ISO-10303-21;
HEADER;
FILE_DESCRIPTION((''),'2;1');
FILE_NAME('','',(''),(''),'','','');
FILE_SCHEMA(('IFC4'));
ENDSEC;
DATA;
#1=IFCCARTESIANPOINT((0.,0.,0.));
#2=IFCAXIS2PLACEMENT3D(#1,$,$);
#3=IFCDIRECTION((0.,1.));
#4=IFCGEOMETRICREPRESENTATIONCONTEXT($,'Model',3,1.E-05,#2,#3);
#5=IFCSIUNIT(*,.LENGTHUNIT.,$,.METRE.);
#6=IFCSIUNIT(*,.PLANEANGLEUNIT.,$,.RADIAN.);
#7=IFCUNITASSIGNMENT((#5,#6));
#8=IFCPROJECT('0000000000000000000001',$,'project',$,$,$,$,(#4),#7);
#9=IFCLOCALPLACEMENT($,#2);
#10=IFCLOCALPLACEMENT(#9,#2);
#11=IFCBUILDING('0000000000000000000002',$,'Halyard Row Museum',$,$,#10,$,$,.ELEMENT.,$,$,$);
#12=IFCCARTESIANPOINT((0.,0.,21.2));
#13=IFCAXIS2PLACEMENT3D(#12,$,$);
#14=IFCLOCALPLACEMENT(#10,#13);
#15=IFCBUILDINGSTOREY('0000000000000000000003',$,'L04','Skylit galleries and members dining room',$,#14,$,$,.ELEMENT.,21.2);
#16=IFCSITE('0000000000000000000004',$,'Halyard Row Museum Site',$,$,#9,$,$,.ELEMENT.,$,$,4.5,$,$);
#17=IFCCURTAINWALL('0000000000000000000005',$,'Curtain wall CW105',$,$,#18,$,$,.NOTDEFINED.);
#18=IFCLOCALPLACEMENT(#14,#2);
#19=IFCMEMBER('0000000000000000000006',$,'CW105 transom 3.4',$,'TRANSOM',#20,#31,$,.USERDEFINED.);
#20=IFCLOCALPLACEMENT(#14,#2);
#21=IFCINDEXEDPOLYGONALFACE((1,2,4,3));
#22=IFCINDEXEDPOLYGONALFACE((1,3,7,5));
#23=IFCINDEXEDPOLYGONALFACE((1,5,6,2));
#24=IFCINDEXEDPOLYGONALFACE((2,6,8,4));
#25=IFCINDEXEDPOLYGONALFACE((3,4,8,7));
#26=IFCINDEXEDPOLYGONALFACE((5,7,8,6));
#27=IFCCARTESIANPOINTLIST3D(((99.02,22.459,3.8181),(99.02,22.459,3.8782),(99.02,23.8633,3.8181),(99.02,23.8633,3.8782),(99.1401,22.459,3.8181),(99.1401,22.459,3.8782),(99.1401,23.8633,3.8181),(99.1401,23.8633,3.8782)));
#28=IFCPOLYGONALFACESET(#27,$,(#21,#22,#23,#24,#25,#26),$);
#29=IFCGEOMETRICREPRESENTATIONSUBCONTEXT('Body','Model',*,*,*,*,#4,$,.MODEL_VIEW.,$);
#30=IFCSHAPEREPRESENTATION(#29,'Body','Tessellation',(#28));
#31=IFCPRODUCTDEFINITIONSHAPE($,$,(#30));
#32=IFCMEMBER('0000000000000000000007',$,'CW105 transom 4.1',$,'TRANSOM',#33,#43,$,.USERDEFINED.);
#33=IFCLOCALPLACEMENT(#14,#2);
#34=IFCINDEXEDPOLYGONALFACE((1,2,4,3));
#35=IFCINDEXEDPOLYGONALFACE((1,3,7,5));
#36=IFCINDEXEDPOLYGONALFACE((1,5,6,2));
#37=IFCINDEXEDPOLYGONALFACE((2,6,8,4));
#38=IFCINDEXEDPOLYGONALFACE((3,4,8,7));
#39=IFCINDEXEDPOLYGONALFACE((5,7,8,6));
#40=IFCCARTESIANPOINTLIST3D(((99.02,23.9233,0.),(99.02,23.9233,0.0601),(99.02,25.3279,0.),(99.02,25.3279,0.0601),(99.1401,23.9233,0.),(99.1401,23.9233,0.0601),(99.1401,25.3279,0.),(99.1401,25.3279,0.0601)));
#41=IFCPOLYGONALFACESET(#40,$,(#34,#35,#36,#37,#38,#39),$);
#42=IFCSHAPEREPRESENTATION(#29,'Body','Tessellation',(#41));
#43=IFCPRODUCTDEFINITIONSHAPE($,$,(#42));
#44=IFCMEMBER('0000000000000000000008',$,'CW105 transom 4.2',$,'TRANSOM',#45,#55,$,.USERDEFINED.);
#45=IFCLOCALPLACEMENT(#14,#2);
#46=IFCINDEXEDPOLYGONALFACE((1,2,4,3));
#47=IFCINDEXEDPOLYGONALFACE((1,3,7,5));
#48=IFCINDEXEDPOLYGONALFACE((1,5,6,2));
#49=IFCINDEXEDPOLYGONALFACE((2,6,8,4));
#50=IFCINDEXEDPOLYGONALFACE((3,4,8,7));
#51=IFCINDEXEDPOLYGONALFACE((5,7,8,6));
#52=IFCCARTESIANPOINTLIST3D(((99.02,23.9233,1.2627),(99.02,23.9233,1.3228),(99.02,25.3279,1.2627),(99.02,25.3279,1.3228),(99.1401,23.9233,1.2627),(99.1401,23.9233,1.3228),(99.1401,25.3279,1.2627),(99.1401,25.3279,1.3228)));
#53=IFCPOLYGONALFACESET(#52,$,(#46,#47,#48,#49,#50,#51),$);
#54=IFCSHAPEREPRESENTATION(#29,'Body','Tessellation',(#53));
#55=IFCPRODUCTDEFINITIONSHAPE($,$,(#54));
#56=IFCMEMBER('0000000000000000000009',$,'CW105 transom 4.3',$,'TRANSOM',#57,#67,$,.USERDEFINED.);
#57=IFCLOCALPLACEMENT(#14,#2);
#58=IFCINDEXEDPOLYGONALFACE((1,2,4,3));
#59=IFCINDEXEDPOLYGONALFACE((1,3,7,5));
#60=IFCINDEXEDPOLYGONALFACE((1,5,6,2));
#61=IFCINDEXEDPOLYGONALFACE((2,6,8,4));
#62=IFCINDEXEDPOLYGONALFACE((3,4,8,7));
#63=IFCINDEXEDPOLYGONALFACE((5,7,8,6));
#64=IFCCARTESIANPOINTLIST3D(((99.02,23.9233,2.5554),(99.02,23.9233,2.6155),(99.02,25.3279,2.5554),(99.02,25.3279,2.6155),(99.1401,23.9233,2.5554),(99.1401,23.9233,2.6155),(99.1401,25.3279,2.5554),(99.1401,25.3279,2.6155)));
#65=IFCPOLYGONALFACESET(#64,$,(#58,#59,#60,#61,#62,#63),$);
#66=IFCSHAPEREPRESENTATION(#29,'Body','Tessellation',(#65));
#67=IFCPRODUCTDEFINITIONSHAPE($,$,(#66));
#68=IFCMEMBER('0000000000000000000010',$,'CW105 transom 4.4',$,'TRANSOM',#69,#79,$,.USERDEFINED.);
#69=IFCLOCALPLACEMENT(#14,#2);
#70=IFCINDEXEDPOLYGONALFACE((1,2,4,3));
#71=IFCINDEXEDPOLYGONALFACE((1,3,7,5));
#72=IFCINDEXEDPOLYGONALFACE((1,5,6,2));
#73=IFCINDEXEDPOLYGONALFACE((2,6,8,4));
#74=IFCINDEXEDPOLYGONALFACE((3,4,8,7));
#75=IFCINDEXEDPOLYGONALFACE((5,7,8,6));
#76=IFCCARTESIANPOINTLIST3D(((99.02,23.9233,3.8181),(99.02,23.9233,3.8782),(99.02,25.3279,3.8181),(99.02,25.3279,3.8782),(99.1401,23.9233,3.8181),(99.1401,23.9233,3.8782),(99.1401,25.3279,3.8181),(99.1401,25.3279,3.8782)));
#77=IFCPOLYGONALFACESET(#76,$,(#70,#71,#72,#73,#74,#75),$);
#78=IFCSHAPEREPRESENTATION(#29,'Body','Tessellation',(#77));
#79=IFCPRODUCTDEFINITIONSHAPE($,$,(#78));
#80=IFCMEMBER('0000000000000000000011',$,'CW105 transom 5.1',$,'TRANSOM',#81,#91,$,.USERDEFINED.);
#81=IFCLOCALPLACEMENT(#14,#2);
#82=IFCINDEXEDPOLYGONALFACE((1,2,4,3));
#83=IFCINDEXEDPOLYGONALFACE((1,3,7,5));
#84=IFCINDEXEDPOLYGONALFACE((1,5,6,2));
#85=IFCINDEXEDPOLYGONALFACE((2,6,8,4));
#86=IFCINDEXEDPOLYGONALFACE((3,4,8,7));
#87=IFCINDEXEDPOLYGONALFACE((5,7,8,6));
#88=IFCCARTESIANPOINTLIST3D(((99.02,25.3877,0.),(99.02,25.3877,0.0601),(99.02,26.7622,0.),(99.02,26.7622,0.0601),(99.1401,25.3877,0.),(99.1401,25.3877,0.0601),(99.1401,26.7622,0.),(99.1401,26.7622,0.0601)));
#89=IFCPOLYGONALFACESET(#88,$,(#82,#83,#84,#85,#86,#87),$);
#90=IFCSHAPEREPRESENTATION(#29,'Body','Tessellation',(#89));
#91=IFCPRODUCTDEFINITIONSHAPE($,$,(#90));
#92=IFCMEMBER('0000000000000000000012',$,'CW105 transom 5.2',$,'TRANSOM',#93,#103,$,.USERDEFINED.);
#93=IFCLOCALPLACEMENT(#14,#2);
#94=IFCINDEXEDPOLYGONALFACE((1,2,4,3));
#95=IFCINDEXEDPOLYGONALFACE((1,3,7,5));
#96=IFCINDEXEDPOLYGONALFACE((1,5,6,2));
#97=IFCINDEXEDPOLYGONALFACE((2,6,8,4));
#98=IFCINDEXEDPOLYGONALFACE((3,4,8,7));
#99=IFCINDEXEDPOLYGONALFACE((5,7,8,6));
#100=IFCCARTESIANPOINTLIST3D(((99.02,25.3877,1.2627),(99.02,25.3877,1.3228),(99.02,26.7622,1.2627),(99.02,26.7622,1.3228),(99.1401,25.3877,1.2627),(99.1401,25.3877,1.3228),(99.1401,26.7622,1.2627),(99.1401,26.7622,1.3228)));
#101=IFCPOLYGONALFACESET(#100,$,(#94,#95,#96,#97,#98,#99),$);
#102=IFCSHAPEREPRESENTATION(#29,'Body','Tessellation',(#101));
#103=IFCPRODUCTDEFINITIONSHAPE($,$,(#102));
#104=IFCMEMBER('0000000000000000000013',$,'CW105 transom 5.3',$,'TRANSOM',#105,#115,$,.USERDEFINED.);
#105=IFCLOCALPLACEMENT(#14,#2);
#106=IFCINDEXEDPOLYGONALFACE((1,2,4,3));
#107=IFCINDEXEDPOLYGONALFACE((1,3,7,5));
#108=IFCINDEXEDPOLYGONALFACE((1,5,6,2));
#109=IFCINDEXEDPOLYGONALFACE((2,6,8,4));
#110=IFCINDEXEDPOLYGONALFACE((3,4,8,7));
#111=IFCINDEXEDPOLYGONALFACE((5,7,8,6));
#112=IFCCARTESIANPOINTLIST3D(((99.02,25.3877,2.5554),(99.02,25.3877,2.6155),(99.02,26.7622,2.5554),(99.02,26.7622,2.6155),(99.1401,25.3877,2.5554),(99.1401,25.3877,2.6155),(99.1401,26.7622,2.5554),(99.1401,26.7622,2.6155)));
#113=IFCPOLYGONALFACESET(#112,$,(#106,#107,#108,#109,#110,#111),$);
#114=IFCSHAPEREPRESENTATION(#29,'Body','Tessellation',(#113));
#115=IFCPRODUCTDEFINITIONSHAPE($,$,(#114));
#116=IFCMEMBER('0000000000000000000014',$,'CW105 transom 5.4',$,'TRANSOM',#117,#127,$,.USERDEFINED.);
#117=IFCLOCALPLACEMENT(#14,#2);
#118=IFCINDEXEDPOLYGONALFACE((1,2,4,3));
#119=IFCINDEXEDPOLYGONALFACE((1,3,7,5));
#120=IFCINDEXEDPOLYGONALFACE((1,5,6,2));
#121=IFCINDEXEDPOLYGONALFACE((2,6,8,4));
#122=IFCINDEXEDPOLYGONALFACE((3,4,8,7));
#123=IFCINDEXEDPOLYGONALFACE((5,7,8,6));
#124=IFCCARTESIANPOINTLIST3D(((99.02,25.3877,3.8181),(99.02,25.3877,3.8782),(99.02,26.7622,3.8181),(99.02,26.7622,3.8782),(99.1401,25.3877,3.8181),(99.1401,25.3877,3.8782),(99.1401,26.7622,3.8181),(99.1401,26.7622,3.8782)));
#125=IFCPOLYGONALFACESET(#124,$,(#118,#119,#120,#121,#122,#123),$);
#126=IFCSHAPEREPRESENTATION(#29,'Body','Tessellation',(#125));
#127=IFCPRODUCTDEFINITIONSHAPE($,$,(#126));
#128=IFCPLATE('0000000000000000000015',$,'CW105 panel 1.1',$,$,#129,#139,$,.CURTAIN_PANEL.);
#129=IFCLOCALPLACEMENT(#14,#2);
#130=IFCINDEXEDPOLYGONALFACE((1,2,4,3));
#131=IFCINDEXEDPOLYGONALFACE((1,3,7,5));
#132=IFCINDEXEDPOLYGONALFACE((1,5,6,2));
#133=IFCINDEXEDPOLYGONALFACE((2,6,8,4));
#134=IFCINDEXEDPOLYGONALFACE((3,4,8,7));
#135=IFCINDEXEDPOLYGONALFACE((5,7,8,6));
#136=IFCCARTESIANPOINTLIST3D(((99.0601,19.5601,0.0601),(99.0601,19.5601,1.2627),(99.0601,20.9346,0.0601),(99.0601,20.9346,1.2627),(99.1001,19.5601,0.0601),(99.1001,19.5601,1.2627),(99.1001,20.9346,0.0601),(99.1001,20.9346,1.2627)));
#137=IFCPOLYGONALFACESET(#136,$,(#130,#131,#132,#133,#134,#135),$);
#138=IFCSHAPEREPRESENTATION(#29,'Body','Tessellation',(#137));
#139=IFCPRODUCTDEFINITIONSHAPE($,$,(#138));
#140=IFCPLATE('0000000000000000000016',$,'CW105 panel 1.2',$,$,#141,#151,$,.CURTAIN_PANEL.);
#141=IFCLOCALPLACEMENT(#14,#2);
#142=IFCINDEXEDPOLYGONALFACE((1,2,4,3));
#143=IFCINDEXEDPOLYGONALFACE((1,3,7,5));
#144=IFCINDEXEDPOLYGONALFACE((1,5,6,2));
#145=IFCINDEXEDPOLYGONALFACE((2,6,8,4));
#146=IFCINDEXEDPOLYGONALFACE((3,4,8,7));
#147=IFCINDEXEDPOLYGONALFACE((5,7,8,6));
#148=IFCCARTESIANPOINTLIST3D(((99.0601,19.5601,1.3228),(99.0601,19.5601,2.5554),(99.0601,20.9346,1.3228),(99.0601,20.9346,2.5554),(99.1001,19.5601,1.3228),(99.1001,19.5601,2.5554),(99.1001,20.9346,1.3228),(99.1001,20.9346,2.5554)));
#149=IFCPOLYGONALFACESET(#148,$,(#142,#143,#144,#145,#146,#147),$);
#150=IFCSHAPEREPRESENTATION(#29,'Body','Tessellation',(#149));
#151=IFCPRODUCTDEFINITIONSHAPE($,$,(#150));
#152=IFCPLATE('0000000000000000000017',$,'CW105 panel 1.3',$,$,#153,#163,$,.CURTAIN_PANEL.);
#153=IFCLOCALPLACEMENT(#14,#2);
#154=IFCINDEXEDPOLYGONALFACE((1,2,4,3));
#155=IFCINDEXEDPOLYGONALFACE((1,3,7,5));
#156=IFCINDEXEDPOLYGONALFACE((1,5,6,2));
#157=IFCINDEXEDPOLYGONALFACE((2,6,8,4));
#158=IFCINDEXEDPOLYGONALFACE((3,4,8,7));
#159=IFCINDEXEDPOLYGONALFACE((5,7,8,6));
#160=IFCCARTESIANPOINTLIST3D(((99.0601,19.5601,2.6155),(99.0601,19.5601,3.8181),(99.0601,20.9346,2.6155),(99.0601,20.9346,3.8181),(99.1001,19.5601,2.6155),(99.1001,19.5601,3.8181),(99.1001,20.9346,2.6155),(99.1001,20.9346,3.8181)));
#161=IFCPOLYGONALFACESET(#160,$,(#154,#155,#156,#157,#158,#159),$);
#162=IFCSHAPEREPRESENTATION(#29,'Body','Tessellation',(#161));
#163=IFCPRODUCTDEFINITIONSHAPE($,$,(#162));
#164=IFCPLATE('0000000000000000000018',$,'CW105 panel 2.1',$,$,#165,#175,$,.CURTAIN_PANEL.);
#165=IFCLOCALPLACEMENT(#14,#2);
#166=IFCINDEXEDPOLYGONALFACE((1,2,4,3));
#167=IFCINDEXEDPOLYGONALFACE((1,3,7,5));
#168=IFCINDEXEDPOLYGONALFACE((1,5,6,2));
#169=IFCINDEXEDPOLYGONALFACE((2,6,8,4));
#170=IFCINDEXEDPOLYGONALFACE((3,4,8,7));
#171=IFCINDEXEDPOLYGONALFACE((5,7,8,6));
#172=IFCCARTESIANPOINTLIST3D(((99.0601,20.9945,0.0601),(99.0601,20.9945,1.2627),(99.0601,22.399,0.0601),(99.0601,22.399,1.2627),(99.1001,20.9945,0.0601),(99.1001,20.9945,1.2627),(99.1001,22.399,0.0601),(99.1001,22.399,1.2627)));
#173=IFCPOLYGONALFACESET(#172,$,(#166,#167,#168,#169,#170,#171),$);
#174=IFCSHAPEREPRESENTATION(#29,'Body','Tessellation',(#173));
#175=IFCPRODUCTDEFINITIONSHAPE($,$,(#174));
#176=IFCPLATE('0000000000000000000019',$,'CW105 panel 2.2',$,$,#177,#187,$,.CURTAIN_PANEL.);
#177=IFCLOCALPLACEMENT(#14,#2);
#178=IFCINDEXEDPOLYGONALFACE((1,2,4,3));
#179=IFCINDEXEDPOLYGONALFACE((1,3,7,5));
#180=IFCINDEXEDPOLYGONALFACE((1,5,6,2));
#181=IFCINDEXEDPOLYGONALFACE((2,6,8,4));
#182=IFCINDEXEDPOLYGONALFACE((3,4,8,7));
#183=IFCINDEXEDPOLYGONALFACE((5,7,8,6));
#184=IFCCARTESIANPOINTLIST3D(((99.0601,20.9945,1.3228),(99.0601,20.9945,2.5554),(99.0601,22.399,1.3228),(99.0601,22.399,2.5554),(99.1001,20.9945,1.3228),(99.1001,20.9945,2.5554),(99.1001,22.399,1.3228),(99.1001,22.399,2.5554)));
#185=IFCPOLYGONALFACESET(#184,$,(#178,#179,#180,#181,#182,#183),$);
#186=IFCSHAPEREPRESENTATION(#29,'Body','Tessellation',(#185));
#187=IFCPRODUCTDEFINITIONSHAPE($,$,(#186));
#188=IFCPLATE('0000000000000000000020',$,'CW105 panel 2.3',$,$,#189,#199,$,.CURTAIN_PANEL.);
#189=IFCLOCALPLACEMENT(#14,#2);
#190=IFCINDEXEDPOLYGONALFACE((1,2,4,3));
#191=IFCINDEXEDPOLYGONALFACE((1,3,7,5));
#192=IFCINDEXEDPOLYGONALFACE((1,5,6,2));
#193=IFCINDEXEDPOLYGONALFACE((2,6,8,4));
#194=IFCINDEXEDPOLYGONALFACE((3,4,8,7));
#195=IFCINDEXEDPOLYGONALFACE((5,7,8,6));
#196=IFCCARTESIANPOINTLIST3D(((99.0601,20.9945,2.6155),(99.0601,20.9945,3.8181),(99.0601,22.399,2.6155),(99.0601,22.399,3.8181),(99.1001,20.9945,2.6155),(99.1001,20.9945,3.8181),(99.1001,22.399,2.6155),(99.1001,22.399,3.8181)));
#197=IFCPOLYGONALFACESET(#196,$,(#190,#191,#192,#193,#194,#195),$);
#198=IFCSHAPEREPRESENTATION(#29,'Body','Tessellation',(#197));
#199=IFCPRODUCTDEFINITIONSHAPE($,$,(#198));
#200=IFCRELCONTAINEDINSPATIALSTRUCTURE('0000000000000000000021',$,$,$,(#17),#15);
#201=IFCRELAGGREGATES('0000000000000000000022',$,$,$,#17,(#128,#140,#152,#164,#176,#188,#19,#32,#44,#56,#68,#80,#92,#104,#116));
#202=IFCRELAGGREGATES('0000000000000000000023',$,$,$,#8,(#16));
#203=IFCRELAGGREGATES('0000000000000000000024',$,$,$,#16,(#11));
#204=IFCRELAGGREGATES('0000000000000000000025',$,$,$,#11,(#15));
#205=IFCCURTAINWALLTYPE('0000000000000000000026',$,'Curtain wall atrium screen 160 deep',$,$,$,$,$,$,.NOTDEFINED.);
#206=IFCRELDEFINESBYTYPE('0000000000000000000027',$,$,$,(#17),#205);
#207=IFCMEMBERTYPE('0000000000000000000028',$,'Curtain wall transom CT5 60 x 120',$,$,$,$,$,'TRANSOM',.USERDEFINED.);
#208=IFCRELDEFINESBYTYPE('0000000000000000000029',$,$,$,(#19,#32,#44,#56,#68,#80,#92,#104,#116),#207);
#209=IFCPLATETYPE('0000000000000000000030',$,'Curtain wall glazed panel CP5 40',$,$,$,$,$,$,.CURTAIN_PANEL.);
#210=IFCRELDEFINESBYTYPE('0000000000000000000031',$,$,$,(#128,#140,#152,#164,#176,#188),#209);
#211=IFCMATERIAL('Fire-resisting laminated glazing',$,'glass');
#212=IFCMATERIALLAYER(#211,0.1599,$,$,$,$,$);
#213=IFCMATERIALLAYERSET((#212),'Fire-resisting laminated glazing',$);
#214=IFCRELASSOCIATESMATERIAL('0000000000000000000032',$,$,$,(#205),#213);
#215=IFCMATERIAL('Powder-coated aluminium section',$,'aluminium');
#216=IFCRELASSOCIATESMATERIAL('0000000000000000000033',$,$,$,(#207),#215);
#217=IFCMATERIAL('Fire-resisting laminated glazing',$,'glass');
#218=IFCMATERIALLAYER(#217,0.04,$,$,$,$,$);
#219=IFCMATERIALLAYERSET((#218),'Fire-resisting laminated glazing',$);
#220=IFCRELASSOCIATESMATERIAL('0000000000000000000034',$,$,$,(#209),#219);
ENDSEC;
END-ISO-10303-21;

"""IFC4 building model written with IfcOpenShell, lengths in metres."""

from ifc_helpers import new_model, si_unit, direction, frame, origin, origin_2d, place, context, subcontext, project, spatial, rectangle, extrude, material, layer, layer_set, material_profile, profile_set, type_object, element, aggregate, save


model = new_model("IFC4")

# Units and contexts
model_context = context("Model", 3, precision=1e-05, world=origin(), true_north=direction((0.0, 1.0)))
body_context = subcontext(model_context, "Body", "Model", "MODEL_VIEW")
ifc_project = project(units=[si_unit("LENGTHUNIT", "METRE"), si_unit("PLANEANGLEUNIT", "RADIAN")], contexts=[model_context])

# Site, building, storey
site_placement = place(None, origin())
site = spatial("IfcSite", under=ifc_project, at=site_placement, Name="Halyard Row Museum Site", CompositionType="ELEMENT", RefElevation=4.5)
building_placement = place(site_placement, origin())
building = spatial("IfcBuilding", under=site, at=building_placement, Name="Halyard Row Museum", CompositionType="ELEMENT")
storey_placement = place(building_placement, frame((0.0, 0.0, 21.2)))
storey = spatial("IfcBuildingStorey", under=building, at=storey_placement, Name="L04", Description="Skylit galleries and members dining room", CompositionType="ELEMENT", Elevation=21.2)

# Curtain wall, members, plates
ifc_material_1 = material(Name="Fire-resisting laminated glazing", Category="glass")
ifc_layer_1 = layer(ifc_material_1, 0.1599)
ifc_layer_set_1 = layer_set([ifc_layer_1], Name="Fire-resisting laminated glazing")
curtain_wall_type = type_object("IfcCurtainWallType", Name="Curtain wall atrium screen 160 deep", PredefinedType="NOTDEFINED", material=ifc_layer_set_1)
curtain_wall_placement = place(storey_placement, origin())
curtain_wall = element("IfcCurtainWall", 1, at=curtain_wall_placement, inside=storey, type_object=curtain_wall_type, Name="Curtain wall CW105", PredefinedType="NOTDEFINED")
ifc_material_2 = material(Name="Powder-coated aluminium section", Category="aluminium")
ifc_material_profile_1 = material_profile(ifc_material_2, rectangle(XDim=0.1201, YDim=0.0601, at=origin_2d()), Name="120x60 transom")
ifc_profile_set_1 = profile_set([ifc_material_profile_1], Name="Powder-coated aluminium section")
member_type_1 = type_object("IfcMemberType", Name="Curtain wall transom CT5 60 x 120", ElementType="TRANSOM", PredefinedType="USERDEFINED", material=ifc_profile_set_1)
member_1_placement = place(storey_placement, frame((99.0801, 22.459, 3.8481), z_axis=(0.0, 1.0, 0.0), x_axis=(-1.0, 0.0, 0.0)))
member_1 = element("IfcMember", 2, at=member_1_placement, type_object=member_type_1, Name="CW105 transom 3.4", ObjectType="TRANSOM", PredefinedType="USERDEFINED", context=body_context, shape_type="SweptSolid", body=[
    extrude(rectangle(XDim=0.1201, YDim=0.0601, at=origin_2d()), origin(), (0.0, 0.0, 1.0), 1.4043),
])
member_2_placement = place(storey_placement, frame((99.0801, 23.9233, 0.03), z_axis=(0.0, 1.0, 0.0), x_axis=(-1.0, 0.0, 0.0)))
member_2 = element("IfcMember", 3, at=member_2_placement, type_object=member_type_1, Name="CW105 transom 4.1", ObjectType="TRANSOM", PredefinedType="USERDEFINED", context=body_context, shape_type="SweptSolid", body=[
    extrude(rectangle(XDim=0.1201, YDim=0.0601, at=origin_2d()), origin(), (0.0, 0.0, 1.0), 1.4045),
])
member_3_placement = place(storey_placement, frame((99.0801, 23.9233, 1.2927), z_axis=(0.0, 1.0, 0.0), x_axis=(-1.0, 0.0, 0.0)))
member_3 = element("IfcMember", 4, at=member_3_placement, type_object=member_type_1, Name="CW105 transom 4.2", ObjectType="TRANSOM", PredefinedType="USERDEFINED", context=body_context, shape_type="SweptSolid", body=[
    extrude(rectangle(XDim=0.1201, YDim=0.0601, at=origin_2d()), origin(), (0.0, 0.0, 1.0), 1.4045),
])
member_4_placement = place(storey_placement, frame((99.0801, 23.9233, 2.5854), z_axis=(0.0, 1.0, 0.0), x_axis=(-1.0, 0.0, 0.0)))
member_4 = element("IfcMember", 5, at=member_4_placement, type_object=member_type_1, Name="CW105 transom 4.3", ObjectType="TRANSOM", PredefinedType="USERDEFINED", context=body_context, shape_type="SweptSolid", body=[
    extrude(rectangle(XDim=0.1201, YDim=0.0601, at=origin_2d()), origin(), (0.0, 0.0, 1.0), 1.4045),
])
member_5_placement = place(storey_placement, frame((99.0801, 23.9233, 3.8481), z_axis=(0.0, 1.0, 0.0), x_axis=(-1.0, 0.0, 0.0)))
member_5 = element("IfcMember", 6, at=member_5_placement, type_object=member_type_1, Name="CW105 transom 4.4", ObjectType="TRANSOM", PredefinedType="USERDEFINED", context=body_context, shape_type="SweptSolid", body=[
    extrude(rectangle(XDim=0.1201, YDim=0.0601, at=origin_2d()), origin(), (0.0, 0.0, 1.0), 1.4045),
])
member_6_placement = place(storey_placement, frame((99.0801, 25.3877, 0.03), z_axis=(0.0, 1.0, 0.0), x_axis=(-1.0, 0.0, 0.0)))
member_6 = element("IfcMember", 7, at=member_6_placement, type_object=member_type_1, Name="CW105 transom 5.1", ObjectType="TRANSOM", PredefinedType="USERDEFINED", context=body_context, shape_type="SweptSolid", body=[
    extrude(rectangle(XDim=0.1201, YDim=0.0601, at=origin_2d()), origin(), (0.0, 0.0, 1.0), 1.3745),
])
member_7_placement = place(storey_placement, frame((99.0801, 25.3877, 1.2927), z_axis=(0.0, 1.0, 0.0), x_axis=(-1.0, 0.0, 0.0)))
member_7 = element("IfcMember", 8, at=member_7_placement, type_object=member_type_1, Name="CW105 transom 5.2", ObjectType="TRANSOM", PredefinedType="USERDEFINED", context=body_context, shape_type="SweptSolid", body=[
    extrude(rectangle(XDim=0.1201, YDim=0.0601, at=origin_2d()), origin(), (0.0, 0.0, 1.0), 1.3745),
])
member_8_placement = place(storey_placement, frame((99.0801, 25.3877, 2.5854), z_axis=(0.0, 1.0, 0.0), x_axis=(-1.0, 0.0, 0.0)))
member_8 = element("IfcMember", 9, at=member_8_placement, type_object=member_type_1, Name="CW105 transom 5.3", ObjectType="TRANSOM", PredefinedType="USERDEFINED", context=body_context, shape_type="SweptSolid", body=[
    extrude(rectangle(XDim=0.1201, YDim=0.0601, at=origin_2d()), origin(), (0.0, 0.0, 1.0), 1.3745),
])
member_9_placement = place(storey_placement, frame((99.0801, 25.3877, 3.8481), z_axis=(0.0, 1.0, 0.0), x_axis=(-1.0, 0.0, 0.0)))
member_9 = element("IfcMember", 10, at=member_9_placement, type_object=member_type_1, Name="CW105 transom 5.4", ObjectType="TRANSOM", PredefinedType="USERDEFINED", context=body_context, shape_type="SweptSolid", body=[
    extrude(rectangle(XDim=0.1201, YDim=0.0601, at=origin_2d()), origin(), (0.0, 0.0, 1.0), 1.3745),
])
ifc_material_3 = material(Name="Fire-resisting laminated glazing", Category="glass")
ifc_layer_2 = layer(ifc_material_3, 0.04)
ifc_layer_set_2 = layer_set([ifc_layer_2], Name="Fire-resisting laminated glazing")
plate_type = type_object("IfcPlateType", Name="Curtain wall glazed panel CP5 40", PredefinedType="CURTAIN_PANEL", material=ifc_layer_set_2)
plate_1_placement = place(storey_placement, frame((99.0801, 20.2473, 0.0601), z_axis=(0.0, 0.0, 1.0), x_axis=(0.0, 1.0, 0.0)))
plate_1 = element("IfcPlate", 11, at=plate_1_placement, type_object=plate_type, Name="CW105 panel 1.1", PredefinedType="CURTAIN_PANEL", context=body_context, shape_type="SweptSolid", body=[
    extrude(rectangle(XDim=1.3745, YDim=0.04, at=origin_2d()), origin(), (0.0, 0.0, 1.0), 1.2026),
])
plate_2_placement = place(storey_placement, frame((99.0801, 20.2473, 1.3228), z_axis=(0.0, 0.0, 1.0), x_axis=(0.0, 1.0, 0.0)))
plate_2 = element("IfcPlate", 12, at=plate_2_placement, type_object=plate_type, Name="CW105 panel 1.2", PredefinedType="CURTAIN_PANEL", context=body_context, shape_type="SweptSolid", body=[
    extrude(rectangle(XDim=1.3745, YDim=0.04, at=origin_2d()), origin(), (0.0, 0.0, 1.0), 1.2327),
])
plate_3_placement = place(storey_placement, frame((99.0801, 20.2473, 2.6155), z_axis=(0.0, 0.0, 1.0), x_axis=(0.0, 1.0, 0.0)))
plate_3 = element("IfcPlate", 13, at=plate_3_placement, type_object=plate_type, Name="CW105 panel 1.3", PredefinedType="CURTAIN_PANEL", context=body_context, shape_type="SweptSolid", body=[
    extrude(rectangle(XDim=1.3745, YDim=0.04, at=origin_2d()), origin(), (0.0, 0.0, 1.0), 1.2026),
])
plate_4_placement = place(storey_placement, frame((99.0801, 21.6968, 0.0601), z_axis=(0.0, 0.0, 1.0), x_axis=(0.0, 1.0, 0.0)))
plate_4 = element("IfcPlate", 14, at=plate_4_placement, type_object=plate_type, Name="CW105 panel 2.1", PredefinedType="CURTAIN_PANEL", context=body_context, shape_type="SweptSolid", body=[
    extrude(rectangle(XDim=1.4045, YDim=0.04, at=origin_2d()), origin(), (0.0, 0.0, 1.0), 1.2026),
])
plate_5_placement = place(storey_placement, frame((99.0801, 21.6968, 1.3228), z_axis=(0.0, 0.0, 1.0), x_axis=(0.0, 1.0, 0.0)))
plate_5 = element("IfcPlate", 15, at=plate_5_placement, type_object=plate_type, Name="CW105 panel 2.2", PredefinedType="CURTAIN_PANEL", context=body_context, shape_type="SweptSolid", body=[
    extrude(rectangle(XDim=1.4045, YDim=0.04, at=origin_2d()), origin(), (0.0, 0.0, 1.0), 1.2327),
])
plate_6_placement = place(storey_placement, frame((99.0801, 21.6968, 2.6155), z_axis=(0.0, 0.0, 1.0), x_axis=(0.0, 1.0, 0.0)))
plate_6 = element("IfcPlate", 16, at=plate_6_placement, type_object=plate_type, Name="CW105 panel 2.3", PredefinedType="CURTAIN_PANEL", context=body_context, shape_type="SweptSolid", body=[
    extrude(rectangle(XDim=1.4045, YDim=0.04, at=origin_2d()), origin(), (0.0, 0.0, 1.0), 1.2026),
])
aggregate(curtain_wall, [plate_1, plate_2, plate_3, plate_4, plate_5, plate_6, member_1, member_2, member_3, member_4, member_5, member_6, member_7, member_8, member_9])

save(model, "model.ifc")
